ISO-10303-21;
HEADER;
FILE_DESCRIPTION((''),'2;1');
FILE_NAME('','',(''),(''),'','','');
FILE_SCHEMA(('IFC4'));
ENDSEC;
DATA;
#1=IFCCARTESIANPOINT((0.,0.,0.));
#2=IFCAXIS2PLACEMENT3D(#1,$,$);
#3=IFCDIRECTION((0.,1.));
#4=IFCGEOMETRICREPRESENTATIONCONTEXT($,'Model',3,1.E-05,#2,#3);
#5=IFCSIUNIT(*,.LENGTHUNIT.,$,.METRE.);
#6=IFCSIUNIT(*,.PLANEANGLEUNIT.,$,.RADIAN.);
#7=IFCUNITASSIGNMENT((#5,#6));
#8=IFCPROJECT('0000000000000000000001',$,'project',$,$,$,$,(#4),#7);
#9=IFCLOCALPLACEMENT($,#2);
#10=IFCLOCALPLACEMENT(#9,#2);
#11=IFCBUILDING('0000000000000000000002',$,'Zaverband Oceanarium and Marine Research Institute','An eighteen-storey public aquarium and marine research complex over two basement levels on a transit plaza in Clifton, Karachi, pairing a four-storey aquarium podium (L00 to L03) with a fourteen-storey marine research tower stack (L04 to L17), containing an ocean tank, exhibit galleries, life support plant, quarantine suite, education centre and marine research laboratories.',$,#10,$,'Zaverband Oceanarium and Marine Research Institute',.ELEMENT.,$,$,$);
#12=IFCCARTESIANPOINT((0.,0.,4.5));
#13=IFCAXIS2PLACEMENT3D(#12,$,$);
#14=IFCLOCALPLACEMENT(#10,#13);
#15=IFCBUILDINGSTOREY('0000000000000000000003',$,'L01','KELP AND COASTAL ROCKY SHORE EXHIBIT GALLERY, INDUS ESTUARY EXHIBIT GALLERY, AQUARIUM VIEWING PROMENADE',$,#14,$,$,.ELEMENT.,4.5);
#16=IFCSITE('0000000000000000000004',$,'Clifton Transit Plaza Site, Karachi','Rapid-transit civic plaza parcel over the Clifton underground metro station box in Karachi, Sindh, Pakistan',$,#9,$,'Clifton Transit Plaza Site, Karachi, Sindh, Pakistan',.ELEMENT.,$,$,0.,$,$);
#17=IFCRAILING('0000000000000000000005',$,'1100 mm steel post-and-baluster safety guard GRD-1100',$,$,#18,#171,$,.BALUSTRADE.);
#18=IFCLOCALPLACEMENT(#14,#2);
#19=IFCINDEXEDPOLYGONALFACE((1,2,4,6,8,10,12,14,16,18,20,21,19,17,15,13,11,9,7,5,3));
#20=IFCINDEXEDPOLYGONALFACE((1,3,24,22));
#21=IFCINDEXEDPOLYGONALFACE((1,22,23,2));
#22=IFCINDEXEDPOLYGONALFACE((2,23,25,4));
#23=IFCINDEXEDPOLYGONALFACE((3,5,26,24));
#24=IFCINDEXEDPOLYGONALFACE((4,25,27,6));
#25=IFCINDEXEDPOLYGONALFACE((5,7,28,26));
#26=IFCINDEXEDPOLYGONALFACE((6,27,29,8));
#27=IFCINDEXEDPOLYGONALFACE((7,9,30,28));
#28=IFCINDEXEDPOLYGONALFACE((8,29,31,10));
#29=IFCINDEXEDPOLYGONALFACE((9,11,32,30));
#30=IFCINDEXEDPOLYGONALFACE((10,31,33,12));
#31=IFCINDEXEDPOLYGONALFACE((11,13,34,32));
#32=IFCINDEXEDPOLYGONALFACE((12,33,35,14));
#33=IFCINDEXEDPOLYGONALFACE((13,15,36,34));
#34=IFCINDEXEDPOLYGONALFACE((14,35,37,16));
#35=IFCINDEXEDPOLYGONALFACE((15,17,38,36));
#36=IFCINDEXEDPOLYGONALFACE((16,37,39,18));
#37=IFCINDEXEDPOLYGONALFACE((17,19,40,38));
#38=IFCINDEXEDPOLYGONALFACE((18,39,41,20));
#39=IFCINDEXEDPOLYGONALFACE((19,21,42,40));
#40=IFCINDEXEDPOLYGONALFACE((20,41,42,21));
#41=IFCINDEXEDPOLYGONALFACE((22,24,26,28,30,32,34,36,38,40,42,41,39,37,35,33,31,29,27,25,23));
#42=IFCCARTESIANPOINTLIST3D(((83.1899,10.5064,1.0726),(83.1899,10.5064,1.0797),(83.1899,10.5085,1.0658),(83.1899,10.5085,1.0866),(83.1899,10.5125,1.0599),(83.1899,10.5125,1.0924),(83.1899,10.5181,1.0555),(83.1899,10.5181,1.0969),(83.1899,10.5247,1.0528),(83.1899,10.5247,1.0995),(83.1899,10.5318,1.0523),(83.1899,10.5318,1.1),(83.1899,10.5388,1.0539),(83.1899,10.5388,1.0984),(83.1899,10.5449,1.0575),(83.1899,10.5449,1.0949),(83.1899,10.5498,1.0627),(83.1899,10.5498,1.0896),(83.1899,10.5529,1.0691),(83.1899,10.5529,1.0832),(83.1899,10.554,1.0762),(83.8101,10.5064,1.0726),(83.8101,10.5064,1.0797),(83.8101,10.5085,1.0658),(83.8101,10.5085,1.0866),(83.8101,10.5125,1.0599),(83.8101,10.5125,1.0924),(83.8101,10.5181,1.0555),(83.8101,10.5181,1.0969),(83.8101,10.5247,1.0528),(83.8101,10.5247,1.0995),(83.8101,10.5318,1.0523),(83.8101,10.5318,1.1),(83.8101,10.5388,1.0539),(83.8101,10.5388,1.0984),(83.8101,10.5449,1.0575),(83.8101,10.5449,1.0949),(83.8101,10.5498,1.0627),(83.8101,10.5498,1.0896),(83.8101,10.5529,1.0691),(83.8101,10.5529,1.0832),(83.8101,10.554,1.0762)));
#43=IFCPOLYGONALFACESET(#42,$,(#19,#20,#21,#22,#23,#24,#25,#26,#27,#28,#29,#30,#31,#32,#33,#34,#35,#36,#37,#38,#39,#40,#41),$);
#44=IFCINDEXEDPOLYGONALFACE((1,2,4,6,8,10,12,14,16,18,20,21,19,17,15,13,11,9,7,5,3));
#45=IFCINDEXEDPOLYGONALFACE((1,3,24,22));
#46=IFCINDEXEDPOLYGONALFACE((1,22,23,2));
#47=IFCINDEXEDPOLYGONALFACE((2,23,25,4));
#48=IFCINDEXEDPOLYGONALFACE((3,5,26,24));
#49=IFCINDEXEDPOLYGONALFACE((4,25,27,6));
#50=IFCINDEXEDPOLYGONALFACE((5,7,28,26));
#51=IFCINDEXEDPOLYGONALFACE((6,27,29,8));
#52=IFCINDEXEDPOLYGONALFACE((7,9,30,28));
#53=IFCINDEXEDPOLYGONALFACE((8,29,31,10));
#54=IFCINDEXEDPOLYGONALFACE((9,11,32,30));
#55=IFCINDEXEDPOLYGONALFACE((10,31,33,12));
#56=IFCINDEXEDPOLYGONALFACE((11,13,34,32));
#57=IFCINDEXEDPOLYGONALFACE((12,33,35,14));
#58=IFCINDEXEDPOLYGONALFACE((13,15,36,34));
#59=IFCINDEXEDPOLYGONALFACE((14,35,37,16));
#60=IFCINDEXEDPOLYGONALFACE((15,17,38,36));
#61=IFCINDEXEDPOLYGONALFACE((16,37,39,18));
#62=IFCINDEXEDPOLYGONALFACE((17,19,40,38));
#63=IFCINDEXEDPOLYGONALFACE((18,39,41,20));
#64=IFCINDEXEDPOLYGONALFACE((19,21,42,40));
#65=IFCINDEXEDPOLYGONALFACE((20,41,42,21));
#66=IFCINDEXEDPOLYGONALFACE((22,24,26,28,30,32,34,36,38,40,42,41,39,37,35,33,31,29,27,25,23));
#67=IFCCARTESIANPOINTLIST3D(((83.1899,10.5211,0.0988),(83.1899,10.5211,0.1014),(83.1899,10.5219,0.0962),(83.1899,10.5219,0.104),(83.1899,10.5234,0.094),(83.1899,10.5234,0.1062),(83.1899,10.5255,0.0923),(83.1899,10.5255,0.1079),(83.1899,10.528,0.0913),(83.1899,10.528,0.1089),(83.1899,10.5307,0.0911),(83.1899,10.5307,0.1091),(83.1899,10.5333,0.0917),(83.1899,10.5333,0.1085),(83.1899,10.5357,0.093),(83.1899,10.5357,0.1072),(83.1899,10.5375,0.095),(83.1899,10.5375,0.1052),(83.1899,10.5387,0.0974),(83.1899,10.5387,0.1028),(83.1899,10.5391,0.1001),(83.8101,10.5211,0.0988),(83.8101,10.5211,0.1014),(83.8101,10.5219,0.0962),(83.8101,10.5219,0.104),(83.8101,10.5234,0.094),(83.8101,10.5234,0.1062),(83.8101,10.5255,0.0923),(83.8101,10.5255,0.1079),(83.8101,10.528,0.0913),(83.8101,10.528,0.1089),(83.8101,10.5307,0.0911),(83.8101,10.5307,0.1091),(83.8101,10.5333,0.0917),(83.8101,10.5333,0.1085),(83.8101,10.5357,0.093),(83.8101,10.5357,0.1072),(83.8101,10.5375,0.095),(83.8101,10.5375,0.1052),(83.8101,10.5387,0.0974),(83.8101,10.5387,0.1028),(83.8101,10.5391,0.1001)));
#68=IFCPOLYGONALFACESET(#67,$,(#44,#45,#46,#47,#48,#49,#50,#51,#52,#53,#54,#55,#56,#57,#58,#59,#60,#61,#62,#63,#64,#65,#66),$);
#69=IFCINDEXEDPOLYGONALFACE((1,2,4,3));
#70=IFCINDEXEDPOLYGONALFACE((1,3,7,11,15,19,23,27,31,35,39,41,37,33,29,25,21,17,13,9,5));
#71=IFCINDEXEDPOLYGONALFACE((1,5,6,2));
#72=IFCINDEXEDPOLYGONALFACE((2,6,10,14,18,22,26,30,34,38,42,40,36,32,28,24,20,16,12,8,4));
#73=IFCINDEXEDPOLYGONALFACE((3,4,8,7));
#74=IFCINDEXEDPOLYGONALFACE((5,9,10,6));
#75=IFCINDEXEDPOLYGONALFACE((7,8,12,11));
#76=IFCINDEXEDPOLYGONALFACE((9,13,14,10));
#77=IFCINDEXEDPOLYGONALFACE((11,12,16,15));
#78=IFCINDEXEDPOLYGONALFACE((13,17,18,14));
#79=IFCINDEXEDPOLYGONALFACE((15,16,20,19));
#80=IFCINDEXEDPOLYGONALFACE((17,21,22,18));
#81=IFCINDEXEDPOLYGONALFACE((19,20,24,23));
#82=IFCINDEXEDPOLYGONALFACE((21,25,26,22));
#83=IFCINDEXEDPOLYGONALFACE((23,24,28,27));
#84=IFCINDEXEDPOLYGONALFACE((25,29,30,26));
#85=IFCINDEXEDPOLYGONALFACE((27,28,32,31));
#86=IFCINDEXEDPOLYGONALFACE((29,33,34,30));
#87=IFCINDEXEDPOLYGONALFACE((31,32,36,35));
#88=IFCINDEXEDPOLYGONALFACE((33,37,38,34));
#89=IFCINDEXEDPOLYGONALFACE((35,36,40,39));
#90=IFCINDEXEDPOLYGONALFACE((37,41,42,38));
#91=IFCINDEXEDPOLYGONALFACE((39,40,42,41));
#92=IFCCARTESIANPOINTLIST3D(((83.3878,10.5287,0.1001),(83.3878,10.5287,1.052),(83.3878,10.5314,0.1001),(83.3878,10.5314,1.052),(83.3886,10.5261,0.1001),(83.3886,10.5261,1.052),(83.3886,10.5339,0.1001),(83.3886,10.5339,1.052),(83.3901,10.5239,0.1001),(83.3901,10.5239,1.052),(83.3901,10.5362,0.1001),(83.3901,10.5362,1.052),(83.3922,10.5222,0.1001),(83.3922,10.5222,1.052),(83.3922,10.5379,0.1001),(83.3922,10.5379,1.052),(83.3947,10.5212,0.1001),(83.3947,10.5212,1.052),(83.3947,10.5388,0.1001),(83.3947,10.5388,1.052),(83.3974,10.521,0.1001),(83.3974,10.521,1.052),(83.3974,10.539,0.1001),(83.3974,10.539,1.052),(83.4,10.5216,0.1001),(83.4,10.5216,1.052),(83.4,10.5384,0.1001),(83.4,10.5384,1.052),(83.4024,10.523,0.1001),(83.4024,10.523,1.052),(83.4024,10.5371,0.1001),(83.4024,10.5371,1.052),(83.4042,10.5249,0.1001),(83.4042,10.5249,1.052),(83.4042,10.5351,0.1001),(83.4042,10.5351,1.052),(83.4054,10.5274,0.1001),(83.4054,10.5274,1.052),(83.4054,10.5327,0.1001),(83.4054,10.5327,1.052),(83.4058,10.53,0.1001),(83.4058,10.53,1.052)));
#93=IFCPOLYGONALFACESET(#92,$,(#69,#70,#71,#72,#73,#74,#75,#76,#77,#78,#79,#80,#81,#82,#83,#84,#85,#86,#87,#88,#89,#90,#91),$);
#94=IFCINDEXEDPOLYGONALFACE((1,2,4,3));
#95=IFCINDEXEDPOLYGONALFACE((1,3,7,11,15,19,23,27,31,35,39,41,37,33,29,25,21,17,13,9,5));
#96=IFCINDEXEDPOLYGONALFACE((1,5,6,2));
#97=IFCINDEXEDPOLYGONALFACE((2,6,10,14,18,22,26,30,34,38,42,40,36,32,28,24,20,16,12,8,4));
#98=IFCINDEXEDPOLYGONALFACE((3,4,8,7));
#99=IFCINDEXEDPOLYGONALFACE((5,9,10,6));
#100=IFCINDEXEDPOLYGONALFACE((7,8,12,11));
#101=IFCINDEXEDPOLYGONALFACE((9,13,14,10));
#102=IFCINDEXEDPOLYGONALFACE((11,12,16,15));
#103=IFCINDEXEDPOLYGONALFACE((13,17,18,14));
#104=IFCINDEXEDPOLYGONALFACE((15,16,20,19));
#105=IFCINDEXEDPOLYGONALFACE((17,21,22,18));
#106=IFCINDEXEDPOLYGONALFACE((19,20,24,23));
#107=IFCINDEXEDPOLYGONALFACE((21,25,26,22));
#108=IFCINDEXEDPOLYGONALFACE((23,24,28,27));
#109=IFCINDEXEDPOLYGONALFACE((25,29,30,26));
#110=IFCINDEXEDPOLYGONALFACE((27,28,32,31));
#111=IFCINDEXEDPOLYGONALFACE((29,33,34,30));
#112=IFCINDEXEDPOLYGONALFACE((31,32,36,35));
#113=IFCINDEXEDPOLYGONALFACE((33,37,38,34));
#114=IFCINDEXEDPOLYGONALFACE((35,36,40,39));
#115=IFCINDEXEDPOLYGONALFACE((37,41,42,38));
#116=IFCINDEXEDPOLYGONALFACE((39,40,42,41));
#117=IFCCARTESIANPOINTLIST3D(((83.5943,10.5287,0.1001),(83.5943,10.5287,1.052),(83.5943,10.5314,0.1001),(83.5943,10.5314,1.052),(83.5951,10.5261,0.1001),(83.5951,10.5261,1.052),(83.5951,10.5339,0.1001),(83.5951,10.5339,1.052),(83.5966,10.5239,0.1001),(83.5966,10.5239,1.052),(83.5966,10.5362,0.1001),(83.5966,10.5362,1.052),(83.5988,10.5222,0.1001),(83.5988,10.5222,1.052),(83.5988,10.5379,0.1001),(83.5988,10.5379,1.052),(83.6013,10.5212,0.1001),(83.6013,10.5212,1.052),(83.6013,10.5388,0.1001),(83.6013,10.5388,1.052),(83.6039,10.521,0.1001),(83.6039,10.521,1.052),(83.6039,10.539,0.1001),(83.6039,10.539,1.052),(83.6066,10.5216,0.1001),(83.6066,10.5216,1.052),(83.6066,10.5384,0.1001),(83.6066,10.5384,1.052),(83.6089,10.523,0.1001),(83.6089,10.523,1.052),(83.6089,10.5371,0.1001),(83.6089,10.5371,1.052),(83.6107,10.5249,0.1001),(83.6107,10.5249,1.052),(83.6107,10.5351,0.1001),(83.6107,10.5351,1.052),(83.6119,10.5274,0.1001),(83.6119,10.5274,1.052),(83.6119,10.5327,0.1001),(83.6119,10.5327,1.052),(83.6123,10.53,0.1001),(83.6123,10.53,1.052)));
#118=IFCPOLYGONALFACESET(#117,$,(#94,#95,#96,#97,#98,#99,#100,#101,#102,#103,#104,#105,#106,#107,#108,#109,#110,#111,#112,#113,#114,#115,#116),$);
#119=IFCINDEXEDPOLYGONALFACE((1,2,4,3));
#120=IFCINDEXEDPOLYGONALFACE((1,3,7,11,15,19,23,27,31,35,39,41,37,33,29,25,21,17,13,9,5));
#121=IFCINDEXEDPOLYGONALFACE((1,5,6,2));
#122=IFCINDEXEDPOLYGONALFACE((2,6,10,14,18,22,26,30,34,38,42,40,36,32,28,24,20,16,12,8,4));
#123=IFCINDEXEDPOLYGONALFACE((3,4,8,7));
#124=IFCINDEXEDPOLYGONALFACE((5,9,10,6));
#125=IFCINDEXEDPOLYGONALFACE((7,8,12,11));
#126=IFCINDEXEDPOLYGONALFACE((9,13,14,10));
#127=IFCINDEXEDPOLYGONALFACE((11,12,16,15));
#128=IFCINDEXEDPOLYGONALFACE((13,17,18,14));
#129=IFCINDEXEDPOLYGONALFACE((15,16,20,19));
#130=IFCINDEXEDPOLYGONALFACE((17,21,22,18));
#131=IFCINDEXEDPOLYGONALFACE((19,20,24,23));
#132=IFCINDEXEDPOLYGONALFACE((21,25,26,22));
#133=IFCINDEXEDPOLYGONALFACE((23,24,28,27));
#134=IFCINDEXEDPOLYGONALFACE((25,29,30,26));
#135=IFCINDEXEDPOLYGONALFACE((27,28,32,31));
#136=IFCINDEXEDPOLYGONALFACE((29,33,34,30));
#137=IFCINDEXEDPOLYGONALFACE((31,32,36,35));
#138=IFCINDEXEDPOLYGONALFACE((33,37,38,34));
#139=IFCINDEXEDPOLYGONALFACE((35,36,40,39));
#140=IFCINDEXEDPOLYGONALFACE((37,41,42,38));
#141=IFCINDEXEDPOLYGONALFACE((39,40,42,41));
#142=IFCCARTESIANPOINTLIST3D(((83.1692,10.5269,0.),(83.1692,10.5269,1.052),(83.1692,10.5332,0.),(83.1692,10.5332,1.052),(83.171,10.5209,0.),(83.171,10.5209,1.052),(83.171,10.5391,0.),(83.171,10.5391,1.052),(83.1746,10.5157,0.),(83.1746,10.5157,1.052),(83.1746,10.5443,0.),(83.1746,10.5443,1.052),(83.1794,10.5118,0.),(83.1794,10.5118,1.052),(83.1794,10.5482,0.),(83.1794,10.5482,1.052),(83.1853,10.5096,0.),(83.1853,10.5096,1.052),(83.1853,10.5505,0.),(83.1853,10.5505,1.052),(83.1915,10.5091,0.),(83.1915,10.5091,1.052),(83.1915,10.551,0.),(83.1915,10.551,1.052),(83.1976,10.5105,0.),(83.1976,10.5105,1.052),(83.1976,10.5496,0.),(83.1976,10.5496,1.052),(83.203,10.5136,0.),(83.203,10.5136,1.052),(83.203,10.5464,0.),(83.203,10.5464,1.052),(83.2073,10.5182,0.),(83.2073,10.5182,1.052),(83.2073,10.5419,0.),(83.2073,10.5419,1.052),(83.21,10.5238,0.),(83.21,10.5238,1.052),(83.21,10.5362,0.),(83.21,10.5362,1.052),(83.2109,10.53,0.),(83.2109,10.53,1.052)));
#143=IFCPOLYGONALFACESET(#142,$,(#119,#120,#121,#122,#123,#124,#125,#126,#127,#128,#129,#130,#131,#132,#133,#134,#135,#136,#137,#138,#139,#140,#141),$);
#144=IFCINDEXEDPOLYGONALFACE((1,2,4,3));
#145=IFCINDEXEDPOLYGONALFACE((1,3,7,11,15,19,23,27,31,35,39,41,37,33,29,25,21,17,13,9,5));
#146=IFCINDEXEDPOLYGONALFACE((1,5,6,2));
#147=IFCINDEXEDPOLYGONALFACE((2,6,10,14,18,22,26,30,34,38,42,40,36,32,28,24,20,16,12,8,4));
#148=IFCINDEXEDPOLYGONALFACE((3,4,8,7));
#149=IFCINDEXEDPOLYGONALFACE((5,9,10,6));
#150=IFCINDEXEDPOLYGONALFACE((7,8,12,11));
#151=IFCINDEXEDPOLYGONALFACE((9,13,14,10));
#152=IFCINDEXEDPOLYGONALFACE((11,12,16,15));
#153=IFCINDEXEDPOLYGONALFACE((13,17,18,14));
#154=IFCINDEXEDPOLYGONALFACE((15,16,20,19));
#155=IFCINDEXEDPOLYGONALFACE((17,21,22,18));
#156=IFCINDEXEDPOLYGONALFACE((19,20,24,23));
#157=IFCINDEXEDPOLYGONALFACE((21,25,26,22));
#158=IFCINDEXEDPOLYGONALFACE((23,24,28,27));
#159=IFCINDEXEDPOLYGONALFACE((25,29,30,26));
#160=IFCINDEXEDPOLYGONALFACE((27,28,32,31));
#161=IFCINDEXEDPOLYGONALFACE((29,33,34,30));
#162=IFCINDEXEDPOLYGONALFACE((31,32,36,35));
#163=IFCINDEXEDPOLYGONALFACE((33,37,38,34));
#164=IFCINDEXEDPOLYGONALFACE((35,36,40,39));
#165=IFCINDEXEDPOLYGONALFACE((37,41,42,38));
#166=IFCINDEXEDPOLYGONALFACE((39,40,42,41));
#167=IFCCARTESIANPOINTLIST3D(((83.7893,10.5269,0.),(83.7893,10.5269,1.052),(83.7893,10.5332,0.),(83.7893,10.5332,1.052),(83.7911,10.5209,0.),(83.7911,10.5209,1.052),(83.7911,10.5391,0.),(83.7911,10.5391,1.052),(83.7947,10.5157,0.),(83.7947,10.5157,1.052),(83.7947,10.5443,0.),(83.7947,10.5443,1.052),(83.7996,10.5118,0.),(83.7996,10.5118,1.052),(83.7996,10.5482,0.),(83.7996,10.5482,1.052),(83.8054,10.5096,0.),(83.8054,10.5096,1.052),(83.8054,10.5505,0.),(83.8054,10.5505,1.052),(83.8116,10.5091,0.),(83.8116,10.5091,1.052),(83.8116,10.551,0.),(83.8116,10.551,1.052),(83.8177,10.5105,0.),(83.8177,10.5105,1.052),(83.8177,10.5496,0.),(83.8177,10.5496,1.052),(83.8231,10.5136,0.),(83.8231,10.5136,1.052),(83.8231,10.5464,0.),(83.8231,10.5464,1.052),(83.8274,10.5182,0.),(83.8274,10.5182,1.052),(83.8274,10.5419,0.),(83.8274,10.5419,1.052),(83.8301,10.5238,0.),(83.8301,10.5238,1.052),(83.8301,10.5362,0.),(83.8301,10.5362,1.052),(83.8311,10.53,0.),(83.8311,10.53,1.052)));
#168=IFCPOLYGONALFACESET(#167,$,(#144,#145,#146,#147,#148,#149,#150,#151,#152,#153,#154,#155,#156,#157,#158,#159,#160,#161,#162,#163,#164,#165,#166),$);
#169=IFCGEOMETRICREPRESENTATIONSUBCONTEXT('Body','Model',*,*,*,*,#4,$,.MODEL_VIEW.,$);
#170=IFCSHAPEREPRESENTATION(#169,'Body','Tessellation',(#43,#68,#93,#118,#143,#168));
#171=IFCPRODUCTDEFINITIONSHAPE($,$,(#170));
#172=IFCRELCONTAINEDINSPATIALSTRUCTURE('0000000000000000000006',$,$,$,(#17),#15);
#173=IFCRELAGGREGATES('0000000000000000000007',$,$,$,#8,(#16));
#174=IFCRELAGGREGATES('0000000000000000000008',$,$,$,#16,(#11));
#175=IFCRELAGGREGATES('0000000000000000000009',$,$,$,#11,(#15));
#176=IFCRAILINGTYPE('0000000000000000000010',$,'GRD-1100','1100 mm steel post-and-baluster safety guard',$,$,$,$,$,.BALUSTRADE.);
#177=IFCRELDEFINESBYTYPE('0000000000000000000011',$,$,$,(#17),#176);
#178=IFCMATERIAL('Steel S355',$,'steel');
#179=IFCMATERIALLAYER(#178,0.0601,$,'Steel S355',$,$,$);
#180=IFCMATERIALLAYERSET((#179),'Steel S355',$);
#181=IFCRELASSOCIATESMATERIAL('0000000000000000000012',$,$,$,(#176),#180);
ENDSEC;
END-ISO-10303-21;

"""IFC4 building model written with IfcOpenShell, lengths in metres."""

from ifc_helpers import new_model, si_unit, direction, frame, origin, origin_2d, place, context, subcontext, project, spatial, circle, extrude, material, layer, layer_set, type_object, element, save


model = new_model("IFC4")

# Units and contexts
model_context = context("Model", 3, precision=1e-05, world=origin(), true_north=direction((0.0, 1.0)))
body_context = subcontext(model_context, "Body", "Model", "MODEL_VIEW")
ifc_project = project(units=[si_unit("LENGTHUNIT", "METRE"), si_unit("PLANEANGLEUNIT", "RADIAN")], contexts=[model_context])

# Site, building, storey
site_placement = place(None, origin())
site = spatial("IfcSite", under=ifc_project, at=site_placement, Name="Clifton Transit Plaza Site, Karachi", Description="Rapid-transit civic plaza parcel over the Clifton underground metro station box in Karachi, Sindh, Pakistan", LongName="Clifton Transit Plaza Site, Karachi, Sindh, Pakistan", CompositionType="ELEMENT", RefElevation=0.0)
building_placement = place(site_placement, origin())
building = spatial("IfcBuilding", under=site, at=building_placement, Name="Zaverband Oceanarium and Marine Research Institute", Description="An eighteen-storey public aquarium and marine research complex over two basement levels on a transit plaza in Clifton, Karachi, pairing a four-storey aquarium podium (L00 to L03) with a fourteen-storey marine research tower stack (L04 to L17), containing an ocean tank, exhibit galleries, life support plant, quarantine suite, education centre and marine research laboratories.", LongName="Zaverband Oceanarium and Marine Research Institute", CompositionType="ELEMENT")
storey_placement = place(building_placement, frame((0.0, 0.0, 4.5)))
storey = spatial("IfcBuildingStorey", under=building, at=storey_placement, Name="L01", Description="KELP AND COASTAL ROCKY SHORE EXHIBIT GALLERY, INDUS ESTUARY EXHIBIT GALLERY, AQUARIUM VIEWING PROMENADE", CompositionType="ELEMENT", Elevation=4.5)

# Shared definitions
ifc_material_1 = material(Name="Steel S355", Category="steel")

# Railing
ifc_layer_1 = layer(ifc_material_1, 0.0601, Name="Steel S355")
ifc_layer_set_1 = layer_set([ifc_layer_1], Name="Steel S355")
railing_type_1 = type_object("IfcRailingType", Name="GRD-1100", Description="1100 mm steel post-and-baluster safety guard", PredefinedType="BALUSTRADE", material=ifc_layer_set_1)
for number, where, name in (
    (1, (83.1899, 10.53, 0.0), "1100 mm steel post-and-baluster safety guard GRD-1100"),
):
    element("IfcRailing", number, at=place(storey_placement, frame(where)), inside=storey, type_object=railing_type_1, Name=name, PredefinedType="BALUSTRADE", context=body_context, shape_type="SweptSolid", body=[
        extrude(circle(Radius=0.0239, at=origin_2d()), frame((0.0, 0.0, 1.0762), z_axis=(1.0, 0.0, 0.0), x_axis=(0.0, 1.0, 0.0)), (0.0, 0.0, 1.0), 0.6201),
        extrude(circle(Radius=0.009, at=origin_2d()), frame((0.0, 0.0, 0.1001), z_axis=(1.0, 0.0, 0.0), x_axis=(0.0, 1.0, 0.0)), (0.0, 0.0, 1.0), 0.6201),
        extrude(circle(Radius=0.009, at=origin_2d()), frame((0.2068, 0.0, 0.1001)), (0.0, 0.0, 1.0), 0.9519),
        extrude(circle(Radius=0.009, at=origin_2d()), frame((0.4133, 0.0, 0.1001)), (0.0, 0.0, 1.0), 0.9519),
        extrude(circle(Radius=0.021, at=origin_2d()), origin(), (0.0, 0.0, 1.0), 1.052),
        extrude(circle(Radius=0.021, at=origin_2d()), frame((0.6201, 0.0, 0.0)), (0.0, 0.0, 1.0), 1.052),
    ])

save(model, "model.ifc")
